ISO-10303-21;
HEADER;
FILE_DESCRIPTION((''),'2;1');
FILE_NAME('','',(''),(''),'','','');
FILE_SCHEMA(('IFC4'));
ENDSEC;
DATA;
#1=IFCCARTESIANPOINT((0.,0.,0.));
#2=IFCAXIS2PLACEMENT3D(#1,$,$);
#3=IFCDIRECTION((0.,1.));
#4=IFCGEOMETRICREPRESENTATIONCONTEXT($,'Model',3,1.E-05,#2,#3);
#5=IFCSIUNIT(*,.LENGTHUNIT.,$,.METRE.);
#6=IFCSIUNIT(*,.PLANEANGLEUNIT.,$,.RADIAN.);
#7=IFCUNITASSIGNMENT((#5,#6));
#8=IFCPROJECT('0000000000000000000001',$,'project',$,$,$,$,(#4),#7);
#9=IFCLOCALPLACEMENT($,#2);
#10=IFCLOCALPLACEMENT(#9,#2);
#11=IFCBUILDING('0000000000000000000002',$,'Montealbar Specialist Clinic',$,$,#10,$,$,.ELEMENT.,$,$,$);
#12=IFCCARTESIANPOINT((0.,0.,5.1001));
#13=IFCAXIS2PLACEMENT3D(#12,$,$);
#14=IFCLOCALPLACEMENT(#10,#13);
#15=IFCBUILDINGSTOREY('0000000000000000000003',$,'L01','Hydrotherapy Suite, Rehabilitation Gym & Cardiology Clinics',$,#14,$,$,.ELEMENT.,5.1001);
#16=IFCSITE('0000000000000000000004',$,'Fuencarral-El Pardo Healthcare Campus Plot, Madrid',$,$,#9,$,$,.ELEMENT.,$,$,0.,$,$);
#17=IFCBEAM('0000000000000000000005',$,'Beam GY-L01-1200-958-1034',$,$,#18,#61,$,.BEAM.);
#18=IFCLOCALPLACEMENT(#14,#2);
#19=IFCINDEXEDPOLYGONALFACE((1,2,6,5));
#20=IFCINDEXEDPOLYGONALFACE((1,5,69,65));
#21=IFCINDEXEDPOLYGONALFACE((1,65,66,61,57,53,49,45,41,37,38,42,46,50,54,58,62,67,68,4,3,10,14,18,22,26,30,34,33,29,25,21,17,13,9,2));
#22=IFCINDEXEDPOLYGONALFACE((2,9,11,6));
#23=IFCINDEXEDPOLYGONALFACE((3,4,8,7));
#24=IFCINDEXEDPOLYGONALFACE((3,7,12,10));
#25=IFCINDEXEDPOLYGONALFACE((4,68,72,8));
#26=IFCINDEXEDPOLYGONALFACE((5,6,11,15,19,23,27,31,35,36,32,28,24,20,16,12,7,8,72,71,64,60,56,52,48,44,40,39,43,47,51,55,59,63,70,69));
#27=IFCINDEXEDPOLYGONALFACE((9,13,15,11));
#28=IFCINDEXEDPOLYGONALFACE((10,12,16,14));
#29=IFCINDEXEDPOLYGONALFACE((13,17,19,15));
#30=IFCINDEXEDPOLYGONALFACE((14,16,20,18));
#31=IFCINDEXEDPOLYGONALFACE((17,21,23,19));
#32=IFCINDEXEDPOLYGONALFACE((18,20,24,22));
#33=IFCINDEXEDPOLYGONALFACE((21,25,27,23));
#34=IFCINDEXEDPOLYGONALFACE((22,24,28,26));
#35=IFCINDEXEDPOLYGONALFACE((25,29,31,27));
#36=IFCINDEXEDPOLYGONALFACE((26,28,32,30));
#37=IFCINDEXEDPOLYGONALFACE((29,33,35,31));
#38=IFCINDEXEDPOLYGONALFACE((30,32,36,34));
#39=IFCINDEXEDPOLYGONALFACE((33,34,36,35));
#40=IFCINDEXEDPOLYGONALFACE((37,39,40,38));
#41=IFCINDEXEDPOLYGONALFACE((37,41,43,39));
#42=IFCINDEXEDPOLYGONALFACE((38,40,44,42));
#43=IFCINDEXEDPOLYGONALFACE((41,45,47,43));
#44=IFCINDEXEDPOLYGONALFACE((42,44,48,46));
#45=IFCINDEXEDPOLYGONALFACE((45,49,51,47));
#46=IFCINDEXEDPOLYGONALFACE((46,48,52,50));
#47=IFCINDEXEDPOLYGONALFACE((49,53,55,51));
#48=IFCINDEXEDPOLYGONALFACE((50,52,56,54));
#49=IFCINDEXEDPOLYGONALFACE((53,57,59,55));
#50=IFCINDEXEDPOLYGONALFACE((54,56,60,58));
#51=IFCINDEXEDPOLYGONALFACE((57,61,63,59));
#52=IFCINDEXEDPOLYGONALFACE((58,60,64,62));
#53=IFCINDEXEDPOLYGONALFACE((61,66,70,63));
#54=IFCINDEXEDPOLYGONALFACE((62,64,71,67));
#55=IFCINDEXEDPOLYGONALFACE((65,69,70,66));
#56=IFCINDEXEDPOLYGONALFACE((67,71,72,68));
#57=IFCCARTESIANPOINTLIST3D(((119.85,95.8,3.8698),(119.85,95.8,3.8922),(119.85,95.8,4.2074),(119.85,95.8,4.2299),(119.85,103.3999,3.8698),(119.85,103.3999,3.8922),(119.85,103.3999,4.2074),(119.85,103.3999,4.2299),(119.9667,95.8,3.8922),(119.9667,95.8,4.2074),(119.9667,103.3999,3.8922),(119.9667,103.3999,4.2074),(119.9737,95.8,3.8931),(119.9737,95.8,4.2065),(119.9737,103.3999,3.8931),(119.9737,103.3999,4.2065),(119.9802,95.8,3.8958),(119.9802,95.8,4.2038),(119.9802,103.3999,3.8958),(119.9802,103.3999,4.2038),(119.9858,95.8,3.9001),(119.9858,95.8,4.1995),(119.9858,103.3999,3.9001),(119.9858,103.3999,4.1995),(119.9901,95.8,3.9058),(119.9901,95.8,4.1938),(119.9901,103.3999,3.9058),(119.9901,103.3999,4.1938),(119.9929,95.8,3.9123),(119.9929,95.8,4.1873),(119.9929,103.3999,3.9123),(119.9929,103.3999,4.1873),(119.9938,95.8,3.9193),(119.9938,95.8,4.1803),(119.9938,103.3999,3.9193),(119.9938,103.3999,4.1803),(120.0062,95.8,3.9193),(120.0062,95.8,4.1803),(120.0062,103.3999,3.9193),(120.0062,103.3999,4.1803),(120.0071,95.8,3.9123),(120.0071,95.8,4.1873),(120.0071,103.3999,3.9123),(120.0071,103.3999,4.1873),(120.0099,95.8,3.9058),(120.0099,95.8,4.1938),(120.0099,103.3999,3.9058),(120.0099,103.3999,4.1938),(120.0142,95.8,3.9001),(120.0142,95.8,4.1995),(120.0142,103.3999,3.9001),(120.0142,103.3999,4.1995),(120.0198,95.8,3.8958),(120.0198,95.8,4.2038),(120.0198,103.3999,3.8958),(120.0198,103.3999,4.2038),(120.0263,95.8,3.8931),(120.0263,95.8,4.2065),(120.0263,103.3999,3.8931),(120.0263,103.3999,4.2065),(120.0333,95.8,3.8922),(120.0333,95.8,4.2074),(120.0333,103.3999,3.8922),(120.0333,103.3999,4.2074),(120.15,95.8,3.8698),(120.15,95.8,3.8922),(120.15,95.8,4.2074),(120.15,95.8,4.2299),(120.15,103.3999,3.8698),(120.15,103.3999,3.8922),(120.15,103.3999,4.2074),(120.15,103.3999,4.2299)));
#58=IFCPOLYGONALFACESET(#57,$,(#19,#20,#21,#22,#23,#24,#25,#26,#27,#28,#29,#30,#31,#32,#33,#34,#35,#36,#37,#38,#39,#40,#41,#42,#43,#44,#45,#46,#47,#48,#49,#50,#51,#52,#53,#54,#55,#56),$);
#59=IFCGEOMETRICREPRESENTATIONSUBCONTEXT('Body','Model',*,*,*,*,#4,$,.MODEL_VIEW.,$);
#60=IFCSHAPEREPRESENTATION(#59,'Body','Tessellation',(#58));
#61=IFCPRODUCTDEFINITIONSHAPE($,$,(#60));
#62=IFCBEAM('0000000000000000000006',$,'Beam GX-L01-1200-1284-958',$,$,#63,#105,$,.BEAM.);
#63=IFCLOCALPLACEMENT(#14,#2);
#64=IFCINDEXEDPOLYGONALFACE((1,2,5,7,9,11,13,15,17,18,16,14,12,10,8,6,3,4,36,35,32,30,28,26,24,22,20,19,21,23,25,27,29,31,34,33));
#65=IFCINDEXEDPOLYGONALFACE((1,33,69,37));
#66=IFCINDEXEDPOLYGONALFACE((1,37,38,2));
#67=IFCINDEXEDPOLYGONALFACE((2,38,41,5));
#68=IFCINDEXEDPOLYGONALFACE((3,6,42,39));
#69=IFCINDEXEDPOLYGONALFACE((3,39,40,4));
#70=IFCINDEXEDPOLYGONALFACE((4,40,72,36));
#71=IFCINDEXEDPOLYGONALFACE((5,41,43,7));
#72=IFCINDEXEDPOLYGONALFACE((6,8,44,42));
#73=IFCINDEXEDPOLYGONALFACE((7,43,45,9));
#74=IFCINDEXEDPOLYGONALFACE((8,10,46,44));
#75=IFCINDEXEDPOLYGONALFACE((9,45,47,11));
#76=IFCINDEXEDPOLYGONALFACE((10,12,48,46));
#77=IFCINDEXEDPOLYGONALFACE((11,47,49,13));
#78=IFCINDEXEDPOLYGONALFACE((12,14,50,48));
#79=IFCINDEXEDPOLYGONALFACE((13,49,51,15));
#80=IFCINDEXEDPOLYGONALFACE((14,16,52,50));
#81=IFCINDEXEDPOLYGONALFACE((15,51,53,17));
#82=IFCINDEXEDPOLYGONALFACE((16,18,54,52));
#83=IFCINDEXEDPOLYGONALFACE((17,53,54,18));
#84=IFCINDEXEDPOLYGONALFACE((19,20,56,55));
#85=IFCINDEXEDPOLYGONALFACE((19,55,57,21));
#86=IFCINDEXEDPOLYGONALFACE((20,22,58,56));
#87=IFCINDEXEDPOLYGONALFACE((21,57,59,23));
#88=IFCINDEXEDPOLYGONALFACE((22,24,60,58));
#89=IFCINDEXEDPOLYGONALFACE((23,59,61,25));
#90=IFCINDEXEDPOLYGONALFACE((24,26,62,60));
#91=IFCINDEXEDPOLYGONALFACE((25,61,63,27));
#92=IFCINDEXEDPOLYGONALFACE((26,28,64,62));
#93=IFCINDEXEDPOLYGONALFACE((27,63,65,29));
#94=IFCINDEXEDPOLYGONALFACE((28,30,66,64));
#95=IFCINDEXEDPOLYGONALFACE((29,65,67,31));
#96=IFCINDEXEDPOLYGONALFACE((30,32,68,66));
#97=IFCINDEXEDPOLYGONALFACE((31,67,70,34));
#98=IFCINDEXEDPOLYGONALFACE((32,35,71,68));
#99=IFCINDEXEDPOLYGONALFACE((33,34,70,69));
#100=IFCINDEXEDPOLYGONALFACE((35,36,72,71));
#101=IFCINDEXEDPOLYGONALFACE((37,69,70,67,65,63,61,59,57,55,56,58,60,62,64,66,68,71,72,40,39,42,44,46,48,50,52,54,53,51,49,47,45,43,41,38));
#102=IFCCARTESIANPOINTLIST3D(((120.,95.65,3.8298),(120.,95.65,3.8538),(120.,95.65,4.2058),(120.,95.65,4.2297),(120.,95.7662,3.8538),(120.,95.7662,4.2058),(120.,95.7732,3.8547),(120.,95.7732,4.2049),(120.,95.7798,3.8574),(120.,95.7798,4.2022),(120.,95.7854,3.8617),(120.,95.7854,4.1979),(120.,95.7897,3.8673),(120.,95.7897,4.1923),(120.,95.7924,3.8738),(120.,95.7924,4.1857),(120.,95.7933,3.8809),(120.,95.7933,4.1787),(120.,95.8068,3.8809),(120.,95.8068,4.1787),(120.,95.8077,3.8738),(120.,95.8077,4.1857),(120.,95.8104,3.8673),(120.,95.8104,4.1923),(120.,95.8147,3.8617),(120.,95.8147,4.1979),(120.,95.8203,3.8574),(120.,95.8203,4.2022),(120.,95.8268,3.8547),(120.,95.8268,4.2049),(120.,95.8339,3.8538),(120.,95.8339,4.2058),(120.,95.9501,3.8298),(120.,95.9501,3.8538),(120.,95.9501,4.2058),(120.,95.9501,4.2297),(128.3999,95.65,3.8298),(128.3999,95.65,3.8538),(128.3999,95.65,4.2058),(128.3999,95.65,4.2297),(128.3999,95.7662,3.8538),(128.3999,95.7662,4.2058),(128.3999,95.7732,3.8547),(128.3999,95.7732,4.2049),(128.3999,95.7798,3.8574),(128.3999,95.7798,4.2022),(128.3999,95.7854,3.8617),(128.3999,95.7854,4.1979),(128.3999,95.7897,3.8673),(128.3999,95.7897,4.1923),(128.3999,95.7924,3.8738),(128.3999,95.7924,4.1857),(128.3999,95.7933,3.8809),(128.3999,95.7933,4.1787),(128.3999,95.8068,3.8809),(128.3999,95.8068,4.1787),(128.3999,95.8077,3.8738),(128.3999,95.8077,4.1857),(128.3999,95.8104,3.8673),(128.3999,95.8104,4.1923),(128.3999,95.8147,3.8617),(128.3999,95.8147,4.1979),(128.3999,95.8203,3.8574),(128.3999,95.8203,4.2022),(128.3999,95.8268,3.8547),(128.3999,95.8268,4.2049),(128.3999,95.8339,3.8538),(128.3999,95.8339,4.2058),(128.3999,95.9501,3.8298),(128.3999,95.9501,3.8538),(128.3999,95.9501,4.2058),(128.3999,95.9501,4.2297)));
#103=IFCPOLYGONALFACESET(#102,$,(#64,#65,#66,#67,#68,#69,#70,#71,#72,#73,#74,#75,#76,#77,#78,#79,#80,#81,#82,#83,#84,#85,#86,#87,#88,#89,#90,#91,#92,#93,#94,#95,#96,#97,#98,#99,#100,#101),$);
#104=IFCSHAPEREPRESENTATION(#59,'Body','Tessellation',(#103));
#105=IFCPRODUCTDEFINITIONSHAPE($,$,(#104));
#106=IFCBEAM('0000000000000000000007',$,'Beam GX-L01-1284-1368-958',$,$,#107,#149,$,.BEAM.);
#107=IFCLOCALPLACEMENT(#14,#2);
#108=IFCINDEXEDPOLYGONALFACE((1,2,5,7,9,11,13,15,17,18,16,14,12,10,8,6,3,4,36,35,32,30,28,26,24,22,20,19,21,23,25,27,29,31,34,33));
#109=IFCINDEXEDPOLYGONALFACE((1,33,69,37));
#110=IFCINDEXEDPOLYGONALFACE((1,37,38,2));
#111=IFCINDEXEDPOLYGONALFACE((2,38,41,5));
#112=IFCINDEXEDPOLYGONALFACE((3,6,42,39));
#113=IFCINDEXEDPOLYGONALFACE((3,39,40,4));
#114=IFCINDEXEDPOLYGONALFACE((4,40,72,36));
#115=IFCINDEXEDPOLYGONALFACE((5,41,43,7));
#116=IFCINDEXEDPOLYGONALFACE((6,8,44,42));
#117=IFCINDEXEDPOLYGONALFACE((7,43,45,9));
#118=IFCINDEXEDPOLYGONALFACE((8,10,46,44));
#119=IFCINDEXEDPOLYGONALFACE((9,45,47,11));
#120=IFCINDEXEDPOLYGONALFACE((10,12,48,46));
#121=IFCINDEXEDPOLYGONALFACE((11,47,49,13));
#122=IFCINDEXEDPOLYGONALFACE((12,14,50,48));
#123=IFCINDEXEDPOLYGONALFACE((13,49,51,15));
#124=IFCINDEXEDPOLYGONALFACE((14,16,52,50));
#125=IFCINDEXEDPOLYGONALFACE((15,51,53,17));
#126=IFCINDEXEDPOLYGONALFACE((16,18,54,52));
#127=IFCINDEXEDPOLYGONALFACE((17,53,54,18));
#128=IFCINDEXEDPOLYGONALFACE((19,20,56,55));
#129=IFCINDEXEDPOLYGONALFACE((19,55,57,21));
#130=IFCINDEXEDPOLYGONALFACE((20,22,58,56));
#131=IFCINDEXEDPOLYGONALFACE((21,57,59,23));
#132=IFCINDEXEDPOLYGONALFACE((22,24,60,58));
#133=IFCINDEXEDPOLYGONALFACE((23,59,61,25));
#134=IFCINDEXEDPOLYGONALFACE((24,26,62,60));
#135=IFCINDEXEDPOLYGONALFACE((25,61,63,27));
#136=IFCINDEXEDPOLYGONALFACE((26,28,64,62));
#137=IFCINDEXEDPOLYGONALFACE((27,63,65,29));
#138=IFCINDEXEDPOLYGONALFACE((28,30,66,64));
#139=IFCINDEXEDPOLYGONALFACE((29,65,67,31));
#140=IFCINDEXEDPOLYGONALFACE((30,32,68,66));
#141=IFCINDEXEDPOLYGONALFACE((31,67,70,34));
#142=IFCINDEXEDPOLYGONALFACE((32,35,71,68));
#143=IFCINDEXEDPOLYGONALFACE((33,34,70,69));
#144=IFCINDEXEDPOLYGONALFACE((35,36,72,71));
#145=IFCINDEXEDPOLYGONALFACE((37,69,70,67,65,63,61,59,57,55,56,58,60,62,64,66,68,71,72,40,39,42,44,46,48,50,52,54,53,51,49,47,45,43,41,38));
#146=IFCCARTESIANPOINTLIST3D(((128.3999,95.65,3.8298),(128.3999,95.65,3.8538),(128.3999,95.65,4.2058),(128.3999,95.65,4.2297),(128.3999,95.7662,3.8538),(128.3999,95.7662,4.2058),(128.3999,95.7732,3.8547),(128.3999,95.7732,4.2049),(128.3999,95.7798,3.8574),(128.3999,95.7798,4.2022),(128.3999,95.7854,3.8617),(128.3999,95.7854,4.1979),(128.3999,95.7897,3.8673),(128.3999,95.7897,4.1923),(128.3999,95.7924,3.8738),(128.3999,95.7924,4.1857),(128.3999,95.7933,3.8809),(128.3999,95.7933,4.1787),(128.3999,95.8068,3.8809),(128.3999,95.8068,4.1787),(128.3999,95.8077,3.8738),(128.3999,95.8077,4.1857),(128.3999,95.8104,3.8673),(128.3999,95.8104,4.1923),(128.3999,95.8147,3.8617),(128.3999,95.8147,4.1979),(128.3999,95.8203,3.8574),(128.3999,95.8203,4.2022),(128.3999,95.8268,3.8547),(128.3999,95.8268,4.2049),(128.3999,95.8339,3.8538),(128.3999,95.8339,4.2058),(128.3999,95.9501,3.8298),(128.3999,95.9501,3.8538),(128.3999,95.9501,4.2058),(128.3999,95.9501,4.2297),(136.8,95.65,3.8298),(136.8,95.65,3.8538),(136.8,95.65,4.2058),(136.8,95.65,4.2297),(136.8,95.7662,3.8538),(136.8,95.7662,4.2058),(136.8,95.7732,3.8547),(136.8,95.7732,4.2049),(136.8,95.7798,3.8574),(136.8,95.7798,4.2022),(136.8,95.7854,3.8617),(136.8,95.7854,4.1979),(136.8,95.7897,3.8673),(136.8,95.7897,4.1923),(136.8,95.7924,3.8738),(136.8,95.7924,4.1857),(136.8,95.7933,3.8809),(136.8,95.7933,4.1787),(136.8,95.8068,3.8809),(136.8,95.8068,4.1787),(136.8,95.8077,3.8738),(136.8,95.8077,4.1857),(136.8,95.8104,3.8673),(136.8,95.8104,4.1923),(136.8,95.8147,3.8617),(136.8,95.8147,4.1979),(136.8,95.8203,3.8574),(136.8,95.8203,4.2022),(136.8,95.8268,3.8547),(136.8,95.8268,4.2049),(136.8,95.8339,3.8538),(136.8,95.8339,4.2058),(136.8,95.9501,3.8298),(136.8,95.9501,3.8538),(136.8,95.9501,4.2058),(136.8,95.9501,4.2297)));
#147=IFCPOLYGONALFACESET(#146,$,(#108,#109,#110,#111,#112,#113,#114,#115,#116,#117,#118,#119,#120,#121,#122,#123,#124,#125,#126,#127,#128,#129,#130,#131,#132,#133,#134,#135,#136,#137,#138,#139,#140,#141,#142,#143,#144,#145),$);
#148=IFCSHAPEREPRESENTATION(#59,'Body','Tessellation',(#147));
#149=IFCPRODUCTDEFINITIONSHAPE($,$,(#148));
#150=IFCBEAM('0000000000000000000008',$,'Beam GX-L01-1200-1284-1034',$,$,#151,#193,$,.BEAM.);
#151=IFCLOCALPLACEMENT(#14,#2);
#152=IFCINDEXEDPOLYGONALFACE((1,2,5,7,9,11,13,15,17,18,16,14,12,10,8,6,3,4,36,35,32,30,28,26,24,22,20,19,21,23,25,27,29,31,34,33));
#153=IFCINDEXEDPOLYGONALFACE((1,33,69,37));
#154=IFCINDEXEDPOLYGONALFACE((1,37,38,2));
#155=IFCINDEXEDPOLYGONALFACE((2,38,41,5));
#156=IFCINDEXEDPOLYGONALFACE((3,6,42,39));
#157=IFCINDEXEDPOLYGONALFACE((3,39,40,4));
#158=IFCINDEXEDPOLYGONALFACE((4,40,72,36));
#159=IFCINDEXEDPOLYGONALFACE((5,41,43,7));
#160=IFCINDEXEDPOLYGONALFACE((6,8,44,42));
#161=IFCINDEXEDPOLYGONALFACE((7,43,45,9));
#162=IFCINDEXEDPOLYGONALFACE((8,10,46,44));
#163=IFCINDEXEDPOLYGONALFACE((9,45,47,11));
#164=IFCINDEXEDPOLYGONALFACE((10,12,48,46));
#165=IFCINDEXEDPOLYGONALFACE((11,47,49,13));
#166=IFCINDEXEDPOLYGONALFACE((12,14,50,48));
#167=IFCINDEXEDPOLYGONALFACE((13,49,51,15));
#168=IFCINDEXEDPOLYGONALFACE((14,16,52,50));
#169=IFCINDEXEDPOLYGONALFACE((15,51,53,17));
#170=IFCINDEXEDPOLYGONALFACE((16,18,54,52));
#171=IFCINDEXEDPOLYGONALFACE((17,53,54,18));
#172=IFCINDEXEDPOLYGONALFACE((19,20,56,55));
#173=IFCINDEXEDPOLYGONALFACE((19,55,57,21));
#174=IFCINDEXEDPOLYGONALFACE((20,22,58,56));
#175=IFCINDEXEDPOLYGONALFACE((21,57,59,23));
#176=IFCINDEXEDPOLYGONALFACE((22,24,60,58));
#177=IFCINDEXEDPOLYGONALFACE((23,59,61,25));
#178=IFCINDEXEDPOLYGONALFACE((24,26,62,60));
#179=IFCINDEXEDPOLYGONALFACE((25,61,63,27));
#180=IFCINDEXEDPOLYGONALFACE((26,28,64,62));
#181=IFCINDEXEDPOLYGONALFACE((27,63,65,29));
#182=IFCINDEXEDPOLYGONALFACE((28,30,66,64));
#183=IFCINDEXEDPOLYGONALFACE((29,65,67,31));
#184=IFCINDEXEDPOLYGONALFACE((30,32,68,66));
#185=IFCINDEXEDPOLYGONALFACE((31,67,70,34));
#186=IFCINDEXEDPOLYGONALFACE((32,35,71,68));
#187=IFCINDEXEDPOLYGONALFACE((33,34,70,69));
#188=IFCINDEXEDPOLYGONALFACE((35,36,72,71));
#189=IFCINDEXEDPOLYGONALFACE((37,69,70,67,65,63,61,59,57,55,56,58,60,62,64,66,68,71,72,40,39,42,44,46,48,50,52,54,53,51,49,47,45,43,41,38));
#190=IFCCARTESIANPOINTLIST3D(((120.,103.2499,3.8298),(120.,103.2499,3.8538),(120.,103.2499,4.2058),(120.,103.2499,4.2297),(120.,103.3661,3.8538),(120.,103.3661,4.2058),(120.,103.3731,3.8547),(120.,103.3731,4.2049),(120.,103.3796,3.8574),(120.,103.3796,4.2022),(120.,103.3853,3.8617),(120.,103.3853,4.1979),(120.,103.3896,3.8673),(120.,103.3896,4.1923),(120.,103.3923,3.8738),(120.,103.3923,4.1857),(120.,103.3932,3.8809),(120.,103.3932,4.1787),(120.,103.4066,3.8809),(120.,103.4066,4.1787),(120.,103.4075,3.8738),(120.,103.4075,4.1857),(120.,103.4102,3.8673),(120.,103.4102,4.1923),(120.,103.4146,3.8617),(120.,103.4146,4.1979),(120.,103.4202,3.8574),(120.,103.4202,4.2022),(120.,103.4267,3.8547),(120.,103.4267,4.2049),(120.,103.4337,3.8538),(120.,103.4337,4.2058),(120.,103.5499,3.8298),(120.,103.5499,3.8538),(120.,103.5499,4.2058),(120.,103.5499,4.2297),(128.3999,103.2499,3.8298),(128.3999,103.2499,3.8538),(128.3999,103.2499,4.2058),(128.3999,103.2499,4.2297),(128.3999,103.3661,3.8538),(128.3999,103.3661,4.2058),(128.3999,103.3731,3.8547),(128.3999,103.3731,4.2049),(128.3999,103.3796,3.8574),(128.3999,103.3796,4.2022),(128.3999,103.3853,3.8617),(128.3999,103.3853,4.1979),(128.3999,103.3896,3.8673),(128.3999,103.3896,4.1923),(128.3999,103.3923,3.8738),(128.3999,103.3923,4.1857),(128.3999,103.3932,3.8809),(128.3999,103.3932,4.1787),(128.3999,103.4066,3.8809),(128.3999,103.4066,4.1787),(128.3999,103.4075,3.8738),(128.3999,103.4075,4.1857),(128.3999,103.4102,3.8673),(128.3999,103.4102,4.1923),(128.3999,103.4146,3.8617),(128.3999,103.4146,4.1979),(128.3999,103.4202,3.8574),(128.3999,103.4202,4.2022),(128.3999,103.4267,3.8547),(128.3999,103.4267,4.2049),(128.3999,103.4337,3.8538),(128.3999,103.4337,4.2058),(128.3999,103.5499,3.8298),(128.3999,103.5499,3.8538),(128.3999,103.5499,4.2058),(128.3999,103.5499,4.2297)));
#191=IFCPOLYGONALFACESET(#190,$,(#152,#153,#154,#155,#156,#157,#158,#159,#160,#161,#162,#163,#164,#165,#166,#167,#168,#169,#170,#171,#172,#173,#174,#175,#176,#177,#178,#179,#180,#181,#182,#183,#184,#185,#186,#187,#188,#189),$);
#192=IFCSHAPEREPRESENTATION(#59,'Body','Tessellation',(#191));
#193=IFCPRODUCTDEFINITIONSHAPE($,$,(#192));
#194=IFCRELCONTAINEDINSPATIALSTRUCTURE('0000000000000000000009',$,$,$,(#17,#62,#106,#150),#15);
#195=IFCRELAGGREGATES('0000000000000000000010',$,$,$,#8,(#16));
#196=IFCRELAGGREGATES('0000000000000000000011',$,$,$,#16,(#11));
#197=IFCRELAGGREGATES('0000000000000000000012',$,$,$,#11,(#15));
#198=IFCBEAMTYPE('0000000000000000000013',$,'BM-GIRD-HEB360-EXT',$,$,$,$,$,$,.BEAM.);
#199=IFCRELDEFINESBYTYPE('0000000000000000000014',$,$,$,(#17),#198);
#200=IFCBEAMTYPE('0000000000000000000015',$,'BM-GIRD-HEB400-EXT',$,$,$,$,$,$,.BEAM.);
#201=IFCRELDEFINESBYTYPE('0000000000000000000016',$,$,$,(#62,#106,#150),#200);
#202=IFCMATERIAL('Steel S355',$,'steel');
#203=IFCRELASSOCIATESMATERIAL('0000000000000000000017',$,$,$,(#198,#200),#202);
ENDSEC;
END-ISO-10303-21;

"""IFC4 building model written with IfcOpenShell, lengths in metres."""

from ifc_helpers import new_model, si_unit, direction, frame, origin, origin_2d, place, context, subcontext, project, spatial, i_section, extrude, material, material_profile, profile_set, type_object, element, save


model = new_model("IFC4")

# Units and contexts
model_context = context("Model", 3, precision=1e-05, world=origin(), true_north=direction((0.0, 1.0)))
body_context = subcontext(model_context, "Body", "Model", "MODEL_VIEW")
ifc_project = project(units=[si_unit("LENGTHUNIT", "METRE"), si_unit("PLANEANGLEUNIT", "RADIAN")], contexts=[model_context])

# Site, building, storey
site_placement = place(None, origin())
site = spatial("IfcSite", under=ifc_project, at=site_placement, Name="Fuencarral-El Pardo Healthcare Campus Plot, Madrid", CompositionType="ELEMENT", RefElevation=0.0)
building_placement = place(site_placement, origin())
building = spatial("IfcBuilding", under=site, at=building_placement, Name="Montealbar Specialist Clinic", CompositionType="ELEMENT")
storey_placement = place(building_placement, frame((0.0, 0.0, 5.1001)))
storey = spatial("IfcBuildingStorey", under=building, at=storey_placement, Name="L01", Description="Hydrotherapy Suite, Rehabilitation Gym & Cardiology Clinics", CompositionType="ELEMENT", Elevation=5.1001)

# Shared definitions
ifc_material_1 = material(Name="Steel S355", Category="steel")

# Beams
ifc_material_profile_1 = material_profile(ifc_material_1, i_section(OverallWidth=0.3, OverallDepth=0.3601, WebThickness=0.0125, FlangeThickness=0.0225, FilletRadius=0.0271, at=origin_2d()), Name="HEB 360", Category="steel")
ifc_profile_set_1 = profile_set([ifc_material_profile_1], Name="Steel S355")
beam_type_1 = type_object("IfcBeamType", Name="BM-GIRD-HEB360-EXT", PredefinedType="BEAM", material=ifc_profile_set_1)
beam_1_placement = place(storey_placement, frame((120.0, 95.8, 4.0498), z_axis=(0.0, 1.0, 0.0), x_axis=(-1.0, 0.0, 0.0)))
element("IfcBeam", 1, at=beam_1_placement, inside=storey, type_object=beam_type_1, Name="Beam GY-L01-1200-958-1034", PredefinedType="BEAM", context=body_context, shape_type="SweptSolid", body=[
    extrude(i_section(OverallWidth=0.3, OverallDepth=0.3601, WebThickness=0.0125, FlangeThickness=0.0225, FilletRadius=0.0271, at=origin_2d()), origin(), (0.0, 0.0, 1.0), 7.5999),
])
ifc_material_profile_2 = material_profile(ifc_material_1, i_section(OverallWidth=0.3, OverallDepth=0.3999, WebThickness=0.0134, FlangeThickness=0.0239, FilletRadius=0.0271, at=origin_2d()), Name="HEB 400", Category="steel")
ifc_profile_set_2 = profile_set([ifc_material_profile_2], Name="Steel S355")
beam_type_2 = type_object("IfcBeamType", Name="BM-GIRD-HEB400-EXT", PredefinedType="BEAM", material=ifc_profile_set_2)
beam_2_placement = place(storey_placement, frame((120.0, 95.8, 4.0298), z_axis=(1.0, 0.0, 0.0), x_axis=(0.0, 1.0, 0.0)))
element("IfcBeam", 2, at=beam_2_placement, inside=storey, type_object=beam_type_2, Name="Beam GX-L01-1200-1284-958", PredefinedType="BEAM", context=body_context, shape_type="SweptSolid", body=[
    extrude(i_section(OverallWidth=0.3, OverallDepth=0.3999, WebThickness=0.0134, FlangeThickness=0.0239, FilletRadius=0.0271, at=origin_2d()), origin(), (0.0, 0.0, 1.0), 8.3999),
])
beam_3_placement = place(storey_placement, frame((128.3999, 95.8, 4.0298), z_axis=(1.0, 0.0, 0.0), x_axis=(0.0, 1.0, 0.0)))
element("IfcBeam", 3, at=beam_3_placement, inside=storey, type_object=beam_type_2, Name="Beam GX-L01-1284-1368-958", PredefinedType="BEAM", context=body_context, shape_type="SweptSolid", body=[
    extrude(i_section(OverallWidth=0.3, OverallDepth=0.3999, WebThickness=0.0134, FlangeThickness=0.0239, FilletRadius=0.0271, at=origin_2d()), origin(), (0.0, 0.0, 1.0), 8.4001),
])
beam_4_placement = place(storey_placement, frame((120.0, 103.3999, 4.0298), z_axis=(1.0, 0.0, 0.0), x_axis=(0.0, 1.0, 0.0)))
element("IfcBeam", 4, at=beam_4_placement, inside=storey, type_object=beam_type_2, Name="Beam GX-L01-1200-1284-1034", PredefinedType="BEAM", context=body_context, shape_type="SweptSolid", body=[
    extrude(i_section(OverallWidth=0.3, OverallDepth=0.3999, WebThickness=0.0134, FlangeThickness=0.0239, FilletRadius=0.0271, at=origin_2d()), origin(), (0.0, 0.0, 1.0), 8.3999),
])

save(model, "model.ifc")
